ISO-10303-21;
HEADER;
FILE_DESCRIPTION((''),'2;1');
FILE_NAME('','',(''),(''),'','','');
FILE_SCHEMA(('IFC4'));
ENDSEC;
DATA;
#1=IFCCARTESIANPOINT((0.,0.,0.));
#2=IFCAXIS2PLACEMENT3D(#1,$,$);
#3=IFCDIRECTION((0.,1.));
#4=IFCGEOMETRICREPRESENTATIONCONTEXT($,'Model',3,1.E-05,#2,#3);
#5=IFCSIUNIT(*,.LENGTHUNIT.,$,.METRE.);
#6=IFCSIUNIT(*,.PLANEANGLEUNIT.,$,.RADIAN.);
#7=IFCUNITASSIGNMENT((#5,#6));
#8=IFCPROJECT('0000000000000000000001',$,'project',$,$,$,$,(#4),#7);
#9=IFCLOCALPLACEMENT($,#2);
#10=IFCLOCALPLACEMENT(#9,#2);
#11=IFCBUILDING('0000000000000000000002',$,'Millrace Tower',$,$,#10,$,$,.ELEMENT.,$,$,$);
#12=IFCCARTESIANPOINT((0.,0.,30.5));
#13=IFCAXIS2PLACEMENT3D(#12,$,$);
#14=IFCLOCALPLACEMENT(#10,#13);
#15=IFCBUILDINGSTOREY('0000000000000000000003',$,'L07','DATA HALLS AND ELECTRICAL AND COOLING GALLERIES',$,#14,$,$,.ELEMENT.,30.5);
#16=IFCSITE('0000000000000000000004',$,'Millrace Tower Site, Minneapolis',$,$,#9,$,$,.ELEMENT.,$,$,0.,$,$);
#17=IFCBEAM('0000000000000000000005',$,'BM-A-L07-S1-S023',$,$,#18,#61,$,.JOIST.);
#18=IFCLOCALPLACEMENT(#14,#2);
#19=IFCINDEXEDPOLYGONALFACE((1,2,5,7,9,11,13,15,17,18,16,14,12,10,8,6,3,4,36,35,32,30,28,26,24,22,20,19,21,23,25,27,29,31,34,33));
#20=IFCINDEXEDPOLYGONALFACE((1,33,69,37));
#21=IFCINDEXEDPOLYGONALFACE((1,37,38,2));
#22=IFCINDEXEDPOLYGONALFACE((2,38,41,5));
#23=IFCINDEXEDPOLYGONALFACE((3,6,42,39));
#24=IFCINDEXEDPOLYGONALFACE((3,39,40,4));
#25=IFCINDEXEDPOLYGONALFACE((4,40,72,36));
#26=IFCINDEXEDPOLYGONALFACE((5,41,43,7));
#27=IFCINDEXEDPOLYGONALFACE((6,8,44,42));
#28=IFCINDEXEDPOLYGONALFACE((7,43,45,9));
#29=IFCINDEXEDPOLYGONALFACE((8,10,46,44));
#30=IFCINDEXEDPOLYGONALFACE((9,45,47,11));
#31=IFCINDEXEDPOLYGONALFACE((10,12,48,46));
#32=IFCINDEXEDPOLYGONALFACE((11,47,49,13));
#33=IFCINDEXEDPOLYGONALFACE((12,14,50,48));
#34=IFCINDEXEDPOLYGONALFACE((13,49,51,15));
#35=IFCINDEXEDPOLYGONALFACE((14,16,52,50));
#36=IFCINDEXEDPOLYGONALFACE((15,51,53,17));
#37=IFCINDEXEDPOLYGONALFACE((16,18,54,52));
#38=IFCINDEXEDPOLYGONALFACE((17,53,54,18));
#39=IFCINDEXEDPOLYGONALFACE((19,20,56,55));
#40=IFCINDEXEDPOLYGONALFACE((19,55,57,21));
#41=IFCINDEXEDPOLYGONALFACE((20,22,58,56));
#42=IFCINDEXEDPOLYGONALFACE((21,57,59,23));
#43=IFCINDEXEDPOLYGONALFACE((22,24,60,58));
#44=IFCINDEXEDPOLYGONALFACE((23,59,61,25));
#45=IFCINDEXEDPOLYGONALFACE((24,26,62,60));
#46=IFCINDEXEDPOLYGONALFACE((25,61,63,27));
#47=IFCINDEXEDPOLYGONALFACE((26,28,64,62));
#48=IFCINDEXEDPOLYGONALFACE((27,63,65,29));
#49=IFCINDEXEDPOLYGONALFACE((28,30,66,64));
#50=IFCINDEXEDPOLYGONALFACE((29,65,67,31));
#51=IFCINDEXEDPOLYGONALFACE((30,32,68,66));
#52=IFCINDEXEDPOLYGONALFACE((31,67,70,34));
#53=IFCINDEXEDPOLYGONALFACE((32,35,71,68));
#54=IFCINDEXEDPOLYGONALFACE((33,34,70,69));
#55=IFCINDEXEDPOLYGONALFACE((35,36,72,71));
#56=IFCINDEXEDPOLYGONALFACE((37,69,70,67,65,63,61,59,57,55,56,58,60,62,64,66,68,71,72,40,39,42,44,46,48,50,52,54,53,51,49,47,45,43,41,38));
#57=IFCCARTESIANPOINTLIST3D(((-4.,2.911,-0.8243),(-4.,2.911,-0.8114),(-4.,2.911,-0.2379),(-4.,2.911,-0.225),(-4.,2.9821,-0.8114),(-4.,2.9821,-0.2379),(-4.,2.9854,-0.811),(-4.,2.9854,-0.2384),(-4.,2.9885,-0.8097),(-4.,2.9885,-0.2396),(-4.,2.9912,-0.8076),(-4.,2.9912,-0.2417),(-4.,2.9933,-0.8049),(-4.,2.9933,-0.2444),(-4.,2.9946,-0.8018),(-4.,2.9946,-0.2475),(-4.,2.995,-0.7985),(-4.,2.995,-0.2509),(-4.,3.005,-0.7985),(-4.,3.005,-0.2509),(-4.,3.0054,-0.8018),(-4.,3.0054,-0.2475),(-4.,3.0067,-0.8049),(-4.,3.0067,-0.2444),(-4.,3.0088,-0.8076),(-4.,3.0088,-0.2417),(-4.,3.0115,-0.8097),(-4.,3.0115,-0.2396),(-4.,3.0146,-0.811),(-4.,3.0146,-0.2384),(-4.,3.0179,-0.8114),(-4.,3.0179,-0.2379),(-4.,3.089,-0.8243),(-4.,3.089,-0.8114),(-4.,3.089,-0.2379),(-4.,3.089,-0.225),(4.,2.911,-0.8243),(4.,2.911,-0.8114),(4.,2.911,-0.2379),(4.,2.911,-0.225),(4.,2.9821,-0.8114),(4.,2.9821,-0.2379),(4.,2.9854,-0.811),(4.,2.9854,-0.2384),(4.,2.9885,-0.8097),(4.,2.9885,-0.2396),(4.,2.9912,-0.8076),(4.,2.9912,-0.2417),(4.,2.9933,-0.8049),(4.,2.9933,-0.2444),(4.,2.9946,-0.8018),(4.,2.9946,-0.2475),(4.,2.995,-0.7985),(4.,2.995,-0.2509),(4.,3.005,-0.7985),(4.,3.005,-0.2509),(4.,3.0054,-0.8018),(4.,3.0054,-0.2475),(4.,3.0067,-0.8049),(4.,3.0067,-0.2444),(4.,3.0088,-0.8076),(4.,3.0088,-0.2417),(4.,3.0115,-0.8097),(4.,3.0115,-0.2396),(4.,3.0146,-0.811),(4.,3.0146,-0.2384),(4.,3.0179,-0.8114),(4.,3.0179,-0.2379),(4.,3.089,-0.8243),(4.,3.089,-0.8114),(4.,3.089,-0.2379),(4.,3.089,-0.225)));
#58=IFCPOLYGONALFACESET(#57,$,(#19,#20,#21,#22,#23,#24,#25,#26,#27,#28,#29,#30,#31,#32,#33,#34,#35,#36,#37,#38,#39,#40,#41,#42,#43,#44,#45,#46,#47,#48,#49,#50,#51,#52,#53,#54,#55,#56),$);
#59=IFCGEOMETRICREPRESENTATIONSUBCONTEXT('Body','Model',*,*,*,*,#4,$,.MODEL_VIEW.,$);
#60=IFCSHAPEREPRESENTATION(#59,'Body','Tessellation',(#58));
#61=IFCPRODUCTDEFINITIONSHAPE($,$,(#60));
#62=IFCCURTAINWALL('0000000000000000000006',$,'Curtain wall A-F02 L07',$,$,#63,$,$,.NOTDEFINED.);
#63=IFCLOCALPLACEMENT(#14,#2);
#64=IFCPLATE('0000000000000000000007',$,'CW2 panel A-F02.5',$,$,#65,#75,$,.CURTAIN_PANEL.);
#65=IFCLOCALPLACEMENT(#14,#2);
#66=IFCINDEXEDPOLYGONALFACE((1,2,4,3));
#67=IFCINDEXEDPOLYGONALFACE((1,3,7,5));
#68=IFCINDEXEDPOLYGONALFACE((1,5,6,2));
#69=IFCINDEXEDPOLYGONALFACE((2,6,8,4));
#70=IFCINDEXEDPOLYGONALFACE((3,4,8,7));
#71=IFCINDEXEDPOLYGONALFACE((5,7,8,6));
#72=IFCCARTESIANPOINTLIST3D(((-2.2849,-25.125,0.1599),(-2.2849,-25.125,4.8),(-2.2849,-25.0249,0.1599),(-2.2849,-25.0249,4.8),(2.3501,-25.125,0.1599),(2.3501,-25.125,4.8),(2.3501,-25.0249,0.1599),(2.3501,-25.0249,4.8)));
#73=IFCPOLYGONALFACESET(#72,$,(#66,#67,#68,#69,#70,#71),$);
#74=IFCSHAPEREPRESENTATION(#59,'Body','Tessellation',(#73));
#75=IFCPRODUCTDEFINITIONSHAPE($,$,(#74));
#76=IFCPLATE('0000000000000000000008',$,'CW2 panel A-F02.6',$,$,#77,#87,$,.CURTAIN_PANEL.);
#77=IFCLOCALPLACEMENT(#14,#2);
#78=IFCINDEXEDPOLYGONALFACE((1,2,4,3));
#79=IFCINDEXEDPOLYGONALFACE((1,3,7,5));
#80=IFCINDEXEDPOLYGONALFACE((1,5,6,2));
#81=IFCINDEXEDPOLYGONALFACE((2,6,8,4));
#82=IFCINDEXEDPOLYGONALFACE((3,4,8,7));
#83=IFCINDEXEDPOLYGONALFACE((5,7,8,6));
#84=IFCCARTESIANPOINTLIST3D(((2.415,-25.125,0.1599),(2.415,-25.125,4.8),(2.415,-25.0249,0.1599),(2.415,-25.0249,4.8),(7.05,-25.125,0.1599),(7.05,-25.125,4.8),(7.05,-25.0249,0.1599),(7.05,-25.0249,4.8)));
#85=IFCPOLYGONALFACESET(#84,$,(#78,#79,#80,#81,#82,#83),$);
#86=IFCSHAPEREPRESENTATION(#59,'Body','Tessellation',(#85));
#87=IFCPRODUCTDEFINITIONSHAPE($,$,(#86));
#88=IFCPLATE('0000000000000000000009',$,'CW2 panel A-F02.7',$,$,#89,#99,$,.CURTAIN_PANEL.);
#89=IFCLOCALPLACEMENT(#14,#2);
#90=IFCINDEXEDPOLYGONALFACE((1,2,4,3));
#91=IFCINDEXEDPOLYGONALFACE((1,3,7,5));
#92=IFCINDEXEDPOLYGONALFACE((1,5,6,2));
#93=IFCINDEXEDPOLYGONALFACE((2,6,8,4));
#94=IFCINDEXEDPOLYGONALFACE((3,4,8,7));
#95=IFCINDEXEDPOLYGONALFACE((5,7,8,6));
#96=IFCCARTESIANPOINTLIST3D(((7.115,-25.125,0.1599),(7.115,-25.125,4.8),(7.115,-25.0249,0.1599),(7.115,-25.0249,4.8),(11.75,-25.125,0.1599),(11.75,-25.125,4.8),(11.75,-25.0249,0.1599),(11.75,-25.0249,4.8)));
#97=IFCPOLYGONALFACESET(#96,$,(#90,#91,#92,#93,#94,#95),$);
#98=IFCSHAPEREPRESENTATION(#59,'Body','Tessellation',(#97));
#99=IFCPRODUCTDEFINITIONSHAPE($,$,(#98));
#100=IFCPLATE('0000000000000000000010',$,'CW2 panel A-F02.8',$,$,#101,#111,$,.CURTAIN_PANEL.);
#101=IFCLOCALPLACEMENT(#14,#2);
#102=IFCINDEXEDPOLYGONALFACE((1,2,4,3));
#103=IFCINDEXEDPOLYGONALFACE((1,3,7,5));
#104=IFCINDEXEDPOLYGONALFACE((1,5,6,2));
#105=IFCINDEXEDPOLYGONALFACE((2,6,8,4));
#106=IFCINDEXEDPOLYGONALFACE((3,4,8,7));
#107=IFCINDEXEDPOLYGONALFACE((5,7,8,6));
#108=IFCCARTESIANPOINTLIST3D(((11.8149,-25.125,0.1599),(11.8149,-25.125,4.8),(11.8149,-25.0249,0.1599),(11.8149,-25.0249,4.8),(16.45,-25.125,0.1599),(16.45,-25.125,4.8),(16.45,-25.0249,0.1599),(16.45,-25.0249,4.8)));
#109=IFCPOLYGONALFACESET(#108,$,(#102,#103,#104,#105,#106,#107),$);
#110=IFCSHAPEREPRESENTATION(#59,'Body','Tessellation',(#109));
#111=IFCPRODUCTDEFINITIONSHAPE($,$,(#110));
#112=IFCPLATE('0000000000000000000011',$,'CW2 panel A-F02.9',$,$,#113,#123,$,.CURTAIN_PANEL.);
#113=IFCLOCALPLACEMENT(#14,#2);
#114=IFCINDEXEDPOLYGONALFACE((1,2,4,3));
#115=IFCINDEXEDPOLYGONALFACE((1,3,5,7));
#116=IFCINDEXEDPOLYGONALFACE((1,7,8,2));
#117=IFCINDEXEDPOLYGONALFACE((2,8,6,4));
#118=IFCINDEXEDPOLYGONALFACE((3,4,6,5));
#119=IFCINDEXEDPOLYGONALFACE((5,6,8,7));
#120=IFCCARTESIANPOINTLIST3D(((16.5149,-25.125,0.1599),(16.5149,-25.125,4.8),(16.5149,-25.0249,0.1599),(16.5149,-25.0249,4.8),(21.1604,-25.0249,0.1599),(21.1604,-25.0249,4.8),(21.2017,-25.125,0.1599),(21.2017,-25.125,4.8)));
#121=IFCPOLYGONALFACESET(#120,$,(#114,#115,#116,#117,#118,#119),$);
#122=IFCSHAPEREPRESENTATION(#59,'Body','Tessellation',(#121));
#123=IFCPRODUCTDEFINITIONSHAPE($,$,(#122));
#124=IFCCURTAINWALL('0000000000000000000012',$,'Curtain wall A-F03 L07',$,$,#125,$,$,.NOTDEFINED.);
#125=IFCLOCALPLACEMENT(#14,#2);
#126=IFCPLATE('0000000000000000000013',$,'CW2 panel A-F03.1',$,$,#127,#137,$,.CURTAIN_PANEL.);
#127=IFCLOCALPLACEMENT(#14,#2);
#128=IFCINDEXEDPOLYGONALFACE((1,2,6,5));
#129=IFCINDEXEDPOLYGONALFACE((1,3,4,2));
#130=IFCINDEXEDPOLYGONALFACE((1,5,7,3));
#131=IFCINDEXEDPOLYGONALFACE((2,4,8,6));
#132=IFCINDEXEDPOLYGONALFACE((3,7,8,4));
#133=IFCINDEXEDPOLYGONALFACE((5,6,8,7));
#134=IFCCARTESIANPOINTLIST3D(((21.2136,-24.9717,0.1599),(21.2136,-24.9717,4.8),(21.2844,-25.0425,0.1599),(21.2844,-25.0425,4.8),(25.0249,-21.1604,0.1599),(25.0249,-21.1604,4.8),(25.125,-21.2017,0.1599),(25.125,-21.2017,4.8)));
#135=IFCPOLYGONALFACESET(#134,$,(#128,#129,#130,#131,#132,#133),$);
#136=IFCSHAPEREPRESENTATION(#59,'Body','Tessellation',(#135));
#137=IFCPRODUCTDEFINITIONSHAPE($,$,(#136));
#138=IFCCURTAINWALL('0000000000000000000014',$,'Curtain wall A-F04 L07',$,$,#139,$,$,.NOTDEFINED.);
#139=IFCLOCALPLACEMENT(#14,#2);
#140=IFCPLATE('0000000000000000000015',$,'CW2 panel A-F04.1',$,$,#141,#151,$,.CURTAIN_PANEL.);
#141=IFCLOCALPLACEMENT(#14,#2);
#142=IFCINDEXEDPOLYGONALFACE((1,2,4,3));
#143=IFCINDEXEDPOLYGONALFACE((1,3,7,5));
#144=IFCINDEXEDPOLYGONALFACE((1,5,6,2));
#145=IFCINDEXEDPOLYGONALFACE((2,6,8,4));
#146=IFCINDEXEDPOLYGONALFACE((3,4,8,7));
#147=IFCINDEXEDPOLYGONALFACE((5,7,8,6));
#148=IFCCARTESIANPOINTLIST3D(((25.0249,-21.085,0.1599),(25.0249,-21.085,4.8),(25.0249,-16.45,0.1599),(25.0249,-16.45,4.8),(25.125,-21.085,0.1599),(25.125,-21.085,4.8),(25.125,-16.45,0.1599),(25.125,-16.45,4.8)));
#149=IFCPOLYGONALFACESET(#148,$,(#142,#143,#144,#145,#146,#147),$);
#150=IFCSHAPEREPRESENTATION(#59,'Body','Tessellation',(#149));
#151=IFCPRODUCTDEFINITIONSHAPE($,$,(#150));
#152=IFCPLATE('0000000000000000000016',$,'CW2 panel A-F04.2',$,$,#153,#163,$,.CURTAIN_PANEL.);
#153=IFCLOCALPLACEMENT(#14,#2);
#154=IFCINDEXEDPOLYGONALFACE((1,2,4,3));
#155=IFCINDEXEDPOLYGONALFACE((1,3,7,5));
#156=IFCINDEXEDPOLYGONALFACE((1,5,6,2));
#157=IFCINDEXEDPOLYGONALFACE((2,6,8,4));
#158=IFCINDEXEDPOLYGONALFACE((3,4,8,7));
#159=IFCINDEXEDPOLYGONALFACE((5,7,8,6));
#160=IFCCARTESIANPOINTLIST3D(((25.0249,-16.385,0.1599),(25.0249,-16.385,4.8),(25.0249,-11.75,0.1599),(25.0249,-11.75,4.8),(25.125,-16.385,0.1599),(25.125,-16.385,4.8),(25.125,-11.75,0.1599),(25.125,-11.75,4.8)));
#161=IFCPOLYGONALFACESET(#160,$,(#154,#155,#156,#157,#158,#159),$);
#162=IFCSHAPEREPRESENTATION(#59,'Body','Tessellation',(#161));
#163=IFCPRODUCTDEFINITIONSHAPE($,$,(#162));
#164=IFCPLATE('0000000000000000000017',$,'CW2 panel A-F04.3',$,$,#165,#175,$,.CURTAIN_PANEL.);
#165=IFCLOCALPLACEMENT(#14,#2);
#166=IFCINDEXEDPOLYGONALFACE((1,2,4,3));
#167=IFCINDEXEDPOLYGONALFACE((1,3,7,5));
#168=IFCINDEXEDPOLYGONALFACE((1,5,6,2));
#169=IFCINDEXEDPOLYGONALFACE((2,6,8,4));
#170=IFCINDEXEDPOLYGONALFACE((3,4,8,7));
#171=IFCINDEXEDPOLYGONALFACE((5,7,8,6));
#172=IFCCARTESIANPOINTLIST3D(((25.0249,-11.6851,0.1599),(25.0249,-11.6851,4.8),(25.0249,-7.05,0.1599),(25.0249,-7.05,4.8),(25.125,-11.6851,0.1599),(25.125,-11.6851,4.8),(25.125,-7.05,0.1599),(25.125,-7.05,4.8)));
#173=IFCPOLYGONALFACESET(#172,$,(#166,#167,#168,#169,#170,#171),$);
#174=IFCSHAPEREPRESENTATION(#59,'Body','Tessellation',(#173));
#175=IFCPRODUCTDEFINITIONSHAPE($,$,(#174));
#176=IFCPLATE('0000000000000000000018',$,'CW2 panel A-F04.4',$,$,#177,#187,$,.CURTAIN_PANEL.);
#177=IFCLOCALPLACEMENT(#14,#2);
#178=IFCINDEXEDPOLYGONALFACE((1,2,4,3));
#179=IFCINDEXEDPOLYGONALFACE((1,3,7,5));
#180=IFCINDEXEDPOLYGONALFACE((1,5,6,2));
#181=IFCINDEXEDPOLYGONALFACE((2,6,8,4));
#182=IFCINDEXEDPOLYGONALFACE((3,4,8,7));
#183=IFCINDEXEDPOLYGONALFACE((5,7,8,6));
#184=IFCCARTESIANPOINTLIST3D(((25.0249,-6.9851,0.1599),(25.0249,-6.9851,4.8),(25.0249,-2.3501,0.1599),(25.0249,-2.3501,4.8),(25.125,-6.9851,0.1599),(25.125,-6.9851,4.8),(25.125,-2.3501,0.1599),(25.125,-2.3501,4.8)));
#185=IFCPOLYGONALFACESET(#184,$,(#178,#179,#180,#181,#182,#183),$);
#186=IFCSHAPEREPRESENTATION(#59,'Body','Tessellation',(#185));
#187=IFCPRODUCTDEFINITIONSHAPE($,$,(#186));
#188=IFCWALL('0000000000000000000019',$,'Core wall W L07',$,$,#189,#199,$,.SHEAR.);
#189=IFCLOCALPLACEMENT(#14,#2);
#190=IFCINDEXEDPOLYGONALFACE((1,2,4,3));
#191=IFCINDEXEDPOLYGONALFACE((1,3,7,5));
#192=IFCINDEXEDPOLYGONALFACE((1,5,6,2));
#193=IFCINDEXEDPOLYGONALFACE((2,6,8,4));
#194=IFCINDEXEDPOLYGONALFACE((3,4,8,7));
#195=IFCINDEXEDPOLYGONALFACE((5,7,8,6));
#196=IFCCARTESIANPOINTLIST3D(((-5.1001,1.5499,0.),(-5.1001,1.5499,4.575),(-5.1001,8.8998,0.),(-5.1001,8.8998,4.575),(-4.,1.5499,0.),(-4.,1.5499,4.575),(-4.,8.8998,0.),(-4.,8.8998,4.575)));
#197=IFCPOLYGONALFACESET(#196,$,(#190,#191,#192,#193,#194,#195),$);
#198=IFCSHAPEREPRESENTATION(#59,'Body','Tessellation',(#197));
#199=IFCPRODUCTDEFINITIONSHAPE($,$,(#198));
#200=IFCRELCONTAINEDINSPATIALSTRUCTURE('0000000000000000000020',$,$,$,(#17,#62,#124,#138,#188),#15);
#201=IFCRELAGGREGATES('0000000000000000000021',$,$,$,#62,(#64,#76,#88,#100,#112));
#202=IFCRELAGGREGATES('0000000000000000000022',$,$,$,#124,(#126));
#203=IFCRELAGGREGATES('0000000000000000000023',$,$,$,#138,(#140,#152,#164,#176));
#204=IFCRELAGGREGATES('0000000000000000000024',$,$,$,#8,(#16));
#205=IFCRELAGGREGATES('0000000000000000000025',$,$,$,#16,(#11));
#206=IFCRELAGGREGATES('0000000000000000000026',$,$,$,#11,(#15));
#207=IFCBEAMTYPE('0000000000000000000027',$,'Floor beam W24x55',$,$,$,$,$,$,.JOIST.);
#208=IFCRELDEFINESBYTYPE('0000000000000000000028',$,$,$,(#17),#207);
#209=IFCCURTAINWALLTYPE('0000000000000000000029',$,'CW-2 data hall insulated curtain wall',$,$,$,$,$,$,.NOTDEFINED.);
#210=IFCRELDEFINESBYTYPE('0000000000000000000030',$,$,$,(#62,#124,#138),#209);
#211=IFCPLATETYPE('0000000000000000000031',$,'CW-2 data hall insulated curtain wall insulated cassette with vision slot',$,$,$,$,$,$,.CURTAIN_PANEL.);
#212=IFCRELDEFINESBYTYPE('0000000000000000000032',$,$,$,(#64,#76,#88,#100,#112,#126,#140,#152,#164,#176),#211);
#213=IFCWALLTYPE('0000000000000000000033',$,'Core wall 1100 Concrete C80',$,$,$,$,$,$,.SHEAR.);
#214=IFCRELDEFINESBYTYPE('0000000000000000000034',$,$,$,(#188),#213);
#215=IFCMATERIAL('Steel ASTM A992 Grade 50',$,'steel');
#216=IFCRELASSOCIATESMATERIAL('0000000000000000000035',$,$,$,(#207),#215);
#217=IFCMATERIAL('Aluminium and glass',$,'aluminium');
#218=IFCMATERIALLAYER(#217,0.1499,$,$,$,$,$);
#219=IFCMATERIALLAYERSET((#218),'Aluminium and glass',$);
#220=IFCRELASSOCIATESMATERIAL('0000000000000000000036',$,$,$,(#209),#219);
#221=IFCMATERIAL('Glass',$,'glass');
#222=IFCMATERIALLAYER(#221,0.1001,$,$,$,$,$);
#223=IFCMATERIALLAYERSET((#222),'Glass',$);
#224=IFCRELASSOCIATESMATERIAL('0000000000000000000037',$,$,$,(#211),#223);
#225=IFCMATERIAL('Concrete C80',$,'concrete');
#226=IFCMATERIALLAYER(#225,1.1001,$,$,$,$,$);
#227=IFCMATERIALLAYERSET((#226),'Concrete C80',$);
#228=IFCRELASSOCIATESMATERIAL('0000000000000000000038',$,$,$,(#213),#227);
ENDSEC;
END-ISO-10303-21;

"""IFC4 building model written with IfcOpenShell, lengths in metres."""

from ifc_helpers import new_model, si_unit, direction, frame, frame_2d, origin, origin_2d, place, context, subcontext, project, spatial, polyline, rectangle, i_section, outline, extrude, material, layer, layer_set, material_profile, profile_set, type_object, element, aggregate, save


model = new_model("IFC4")

# Units and contexts
model_context = context("Model", 3, precision=1e-05, world=origin(), true_north=direction((0.0, 1.0)))
body_context = subcontext(model_context, "Body", "Model", "MODEL_VIEW")
ifc_project = project(units=[si_unit("LENGTHUNIT", "METRE"), si_unit("PLANEANGLEUNIT", "RADIAN")], contexts=[model_context])

# Site, building, storey
site_placement = place(None, origin())
site = spatial("IfcSite", under=ifc_project, at=site_placement, Name="Millrace Tower Site, Minneapolis", CompositionType="ELEMENT", RefElevation=0.0)
building_placement = place(site_placement, origin())
building = spatial("IfcBuilding", under=site, at=building_placement, Name="Millrace Tower", CompositionType="ELEMENT")
storey_placement = place(building_placement, frame((0.0, 0.0, 30.5)))
storey = spatial("IfcBuildingStorey", under=building, at=storey_placement, Name="L07", Description="DATA HALLS AND ELECTRICAL AND COOLING GALLERIES", CompositionType="ELEMENT", Elevation=30.5)

# Beam
ifc_material_1 = material(Name="Steel ASTM A992 Grade 50", Category="steel")
ifc_material_profile = material_profile(ifc_material_1, i_section(OverallWidth=0.178, OverallDepth=0.5994, WebThickness=0.01, FlangeThickness=0.0129, FilletRadius=0.0129, at=origin_2d()))
ifc_profile_set = profile_set([ifc_material_profile], Name="Steel ASTM A992 Grade 50")
beam_type = type_object("IfcBeamType", Name="Floor beam W24x55", PredefinedType="JOIST", material=ifc_profile_set)
beam_placement = place(storey_placement, frame((-4.0, 3.0, -0.5247), z_axis=(1.0, 0.0, 0.0), x_axis=(0.0, 1.0, 0.0)))
element("IfcBeam", 1, at=beam_placement, inside=storey, type_object=beam_type, Name="BM-A-L07-S1-S023", PredefinedType="JOIST", context=body_context, shape_type="SweptSolid", body=[
    extrude(i_section(OverallWidth=0.178, OverallDepth=0.5994, WebThickness=0.01, FlangeThickness=0.0129, FilletRadius=0.0129, at=origin_2d()), origin(), (0.0, 0.0, 1.0), 8.0),
])

# Curtain wall, plates
ifc_material_2 = material(Name="Aluminium and glass", Category="aluminium")
ifc_layer_1 = layer(ifc_material_2, 0.1499)
ifc_layer_set_1 = layer_set([ifc_layer_1], Name="Aluminium and glass")
curtain_wall_type = type_object("IfcCurtainWallType", Name="CW-2 data hall insulated curtain wall", PredefinedType="NOTDEFINED", material=ifc_layer_set_1)
placement_1 = place(storey_placement, origin())
curtain_wall_1 = element("IfcCurtainWall", 2, at=placement_1, inside=storey, type_object=curtain_wall_type, Name="Curtain wall A-F02 L07", PredefinedType="NOTDEFINED")
ifc_material_3 = material(Name="Glass", Category="glass")
ifc_layer_2 = layer(ifc_material_3, 0.1001)
ifc_layer_set_2 = layer_set([ifc_layer_2], Name="Glass")
plate_type = type_object("IfcPlateType", Name="CW-2 data hall insulated curtain wall insulated cassette with vision slot", PredefinedType="CURTAIN_PANEL", material=ifc_layer_set_2)
placement_2 = place(storey_placement, frame((0.0, 0.0, 0.1599)))
plate_1 = element("IfcPlate", 3, at=placement_2, type_object=plate_type, Name="CW2 panel A-F02.5", PredefinedType="CURTAIN_PANEL", context=body_context, shape_type="SweptSolid", body=[
    extrude(outline(polyline([(-2.2849, -25.125), (2.3501, -25.125), (2.3501, -25.0249), (-2.2849, -25.0249), (-2.2849, -25.125)])), origin(), (0.0, 0.0, 1.0), 4.6401),
])
plate_2 = element("IfcPlate", 4, at=placement_2, type_object=plate_type, Name="CW2 panel A-F02.6", PredefinedType="CURTAIN_PANEL", context=body_context, shape_type="SweptSolid", body=[
    extrude(outline(polyline([(2.415, -25.125), (7.05, -25.125), (7.05, -25.0249), (2.415, -25.0249), (2.415, -25.125)])), origin(), (0.0, 0.0, 1.0), 4.6401),
])
plate_3 = element("IfcPlate", 5, at=placement_2, type_object=plate_type, Name="CW2 panel A-F02.7", PredefinedType="CURTAIN_PANEL", context=body_context, shape_type="SweptSolid", body=[
    extrude(outline(polyline([(7.115, -25.125), (11.75, -25.125), (11.75, -25.0249), (7.115, -25.0249), (7.115, -25.125)])), origin(), (0.0, 0.0, 1.0), 4.6401),
])
plate_4 = element("IfcPlate", 6, at=placement_2, type_object=plate_type, Name="CW2 panel A-F02.8", PredefinedType="CURTAIN_PANEL", context=body_context, shape_type="SweptSolid", body=[
    extrude(outline(polyline([(11.8149, -25.125), (16.45, -25.125), (16.45, -25.0249), (11.8149, -25.0249), (11.8149, -25.125)])), origin(), (0.0, 0.0, 1.0), 4.6401),
])
plate_5 = element("IfcPlate", 7, at=placement_2, type_object=plate_type, Name="CW2 panel A-F02.9", PredefinedType="CURTAIN_PANEL", context=body_context, shape_type="SweptSolid", body=[
    extrude(outline(polyline([(16.5149, -25.125), (21.2017, -25.125), (21.1604, -25.0249), (16.5149, -25.0249), (16.5149, -25.125)])), origin(), (0.0, 0.0, 1.0), 4.6401),
])
aggregate(curtain_wall_1, [plate_1, plate_2, plate_3, plate_4, plate_5])

# Curtain wall, plate
curtain_wall_2 = element("IfcCurtainWall", 8, at=placement_1, inside=storey, type_object=curtain_wall_type, Name="Curtain wall A-F03 L07", PredefinedType="NOTDEFINED")
plate_6 = element("IfcPlate", 9, at=placement_2, type_object=plate_type, Name="CW2 panel A-F03.1", PredefinedType="CURTAIN_PANEL", context=body_context, shape_type="SweptSolid", body=[
    extrude(outline(polyline([(21.2844, -25.0425), (25.125, -21.2017), (25.0249, -21.1604), (21.2136, -24.9717), (21.2844, -25.0425)])), origin(), (0.0, 0.0, 1.0), 4.6401),
])
aggregate(curtain_wall_2, [plate_6])

# Curtain wall, plates
curtain_wall_3 = element("IfcCurtainWall", 10, at=placement_1, inside=storey, type_object=curtain_wall_type, Name="Curtain wall A-F04 L07", PredefinedType="NOTDEFINED")
plate_7 = element("IfcPlate", 11, at=placement_2, type_object=plate_type, Name="CW2 panel A-F04.1", PredefinedType="CURTAIN_PANEL", context=body_context, shape_type="SweptSolid", body=[
    extrude(outline(polyline([(25.125, -21.085), (25.125, -16.45), (25.0249, -16.45), (25.0249, -21.085), (25.125, -21.085)])), origin(), (0.0, 0.0, 1.0), 4.6401),
])
plate_8 = element("IfcPlate", 12, at=placement_2, type_object=plate_type, Name="CW2 panel A-F04.2", PredefinedType="CURTAIN_PANEL", context=body_context, shape_type="SweptSolid", body=[
    extrude(outline(polyline([(25.125, -16.385), (25.125, -11.75), (25.0249, -11.75), (25.0249, -16.385), (25.125, -16.385)])), origin(), (0.0, 0.0, 1.0), 4.6401),
])
plate_9 = element("IfcPlate", 13, at=placement_2, type_object=plate_type, Name="CW2 panel A-F04.3", PredefinedType="CURTAIN_PANEL", context=body_context, shape_type="SweptSolid", body=[
    extrude(outline(polyline([(25.125, -11.6851), (25.125, -7.05), (25.0249, -7.05), (25.0249, -11.6851), (25.125, -11.6851)])), origin(), (0.0, 0.0, 1.0), 4.6401),
])
plate_10 = element("IfcPlate", 14, at=placement_2, type_object=plate_type, Name="CW2 panel A-F04.4", PredefinedType="CURTAIN_PANEL", context=body_context, shape_type="SweptSolid", body=[
    extrude(outline(polyline([(25.125, -6.9851), (25.125, -2.3501), (25.0249, -2.3501), (25.0249, -6.9851), (25.125, -6.9851)])), origin(), (0.0, 0.0, 1.0), 4.6401),
])
aggregate(curtain_wall_3, [plate_7, plate_8, plate_9, plate_10])

# Wall
ifc_material_4 = material(Name="Concrete C80", Category="concrete")
ifc_layer_3 = layer(ifc_material_4, 1.1001)
ifc_layer_set_3 = layer_set([ifc_layer_3], Name="Concrete C80")
wall_type_1 = type_object("IfcWallType", Name="Core wall 1100 Concrete C80", PredefinedType="SHEAR", material=ifc_layer_set_3)
wall_1_placement = place(storey_placement, frame((-4.55, 1.55, 0.0), z_axis=(0.0, 0.0, 1.0), x_axis=(0.0, 1.0, 0.0)))
element("IfcWall", 15, at=wall_1_placement, inside=storey, type_object=wall_type_1, Name="Core wall W L07", PredefinedType="SHEAR", context=body_context, shape_type="SweptSolid", body=[
    extrude(rectangle(XDim=7.3499, YDim=1.1001, at=frame_2d((3.6748, 0.0))), origin(), (0.0, 0.0, 1.0), 4.575),
])

save(model, "model.ifc")
